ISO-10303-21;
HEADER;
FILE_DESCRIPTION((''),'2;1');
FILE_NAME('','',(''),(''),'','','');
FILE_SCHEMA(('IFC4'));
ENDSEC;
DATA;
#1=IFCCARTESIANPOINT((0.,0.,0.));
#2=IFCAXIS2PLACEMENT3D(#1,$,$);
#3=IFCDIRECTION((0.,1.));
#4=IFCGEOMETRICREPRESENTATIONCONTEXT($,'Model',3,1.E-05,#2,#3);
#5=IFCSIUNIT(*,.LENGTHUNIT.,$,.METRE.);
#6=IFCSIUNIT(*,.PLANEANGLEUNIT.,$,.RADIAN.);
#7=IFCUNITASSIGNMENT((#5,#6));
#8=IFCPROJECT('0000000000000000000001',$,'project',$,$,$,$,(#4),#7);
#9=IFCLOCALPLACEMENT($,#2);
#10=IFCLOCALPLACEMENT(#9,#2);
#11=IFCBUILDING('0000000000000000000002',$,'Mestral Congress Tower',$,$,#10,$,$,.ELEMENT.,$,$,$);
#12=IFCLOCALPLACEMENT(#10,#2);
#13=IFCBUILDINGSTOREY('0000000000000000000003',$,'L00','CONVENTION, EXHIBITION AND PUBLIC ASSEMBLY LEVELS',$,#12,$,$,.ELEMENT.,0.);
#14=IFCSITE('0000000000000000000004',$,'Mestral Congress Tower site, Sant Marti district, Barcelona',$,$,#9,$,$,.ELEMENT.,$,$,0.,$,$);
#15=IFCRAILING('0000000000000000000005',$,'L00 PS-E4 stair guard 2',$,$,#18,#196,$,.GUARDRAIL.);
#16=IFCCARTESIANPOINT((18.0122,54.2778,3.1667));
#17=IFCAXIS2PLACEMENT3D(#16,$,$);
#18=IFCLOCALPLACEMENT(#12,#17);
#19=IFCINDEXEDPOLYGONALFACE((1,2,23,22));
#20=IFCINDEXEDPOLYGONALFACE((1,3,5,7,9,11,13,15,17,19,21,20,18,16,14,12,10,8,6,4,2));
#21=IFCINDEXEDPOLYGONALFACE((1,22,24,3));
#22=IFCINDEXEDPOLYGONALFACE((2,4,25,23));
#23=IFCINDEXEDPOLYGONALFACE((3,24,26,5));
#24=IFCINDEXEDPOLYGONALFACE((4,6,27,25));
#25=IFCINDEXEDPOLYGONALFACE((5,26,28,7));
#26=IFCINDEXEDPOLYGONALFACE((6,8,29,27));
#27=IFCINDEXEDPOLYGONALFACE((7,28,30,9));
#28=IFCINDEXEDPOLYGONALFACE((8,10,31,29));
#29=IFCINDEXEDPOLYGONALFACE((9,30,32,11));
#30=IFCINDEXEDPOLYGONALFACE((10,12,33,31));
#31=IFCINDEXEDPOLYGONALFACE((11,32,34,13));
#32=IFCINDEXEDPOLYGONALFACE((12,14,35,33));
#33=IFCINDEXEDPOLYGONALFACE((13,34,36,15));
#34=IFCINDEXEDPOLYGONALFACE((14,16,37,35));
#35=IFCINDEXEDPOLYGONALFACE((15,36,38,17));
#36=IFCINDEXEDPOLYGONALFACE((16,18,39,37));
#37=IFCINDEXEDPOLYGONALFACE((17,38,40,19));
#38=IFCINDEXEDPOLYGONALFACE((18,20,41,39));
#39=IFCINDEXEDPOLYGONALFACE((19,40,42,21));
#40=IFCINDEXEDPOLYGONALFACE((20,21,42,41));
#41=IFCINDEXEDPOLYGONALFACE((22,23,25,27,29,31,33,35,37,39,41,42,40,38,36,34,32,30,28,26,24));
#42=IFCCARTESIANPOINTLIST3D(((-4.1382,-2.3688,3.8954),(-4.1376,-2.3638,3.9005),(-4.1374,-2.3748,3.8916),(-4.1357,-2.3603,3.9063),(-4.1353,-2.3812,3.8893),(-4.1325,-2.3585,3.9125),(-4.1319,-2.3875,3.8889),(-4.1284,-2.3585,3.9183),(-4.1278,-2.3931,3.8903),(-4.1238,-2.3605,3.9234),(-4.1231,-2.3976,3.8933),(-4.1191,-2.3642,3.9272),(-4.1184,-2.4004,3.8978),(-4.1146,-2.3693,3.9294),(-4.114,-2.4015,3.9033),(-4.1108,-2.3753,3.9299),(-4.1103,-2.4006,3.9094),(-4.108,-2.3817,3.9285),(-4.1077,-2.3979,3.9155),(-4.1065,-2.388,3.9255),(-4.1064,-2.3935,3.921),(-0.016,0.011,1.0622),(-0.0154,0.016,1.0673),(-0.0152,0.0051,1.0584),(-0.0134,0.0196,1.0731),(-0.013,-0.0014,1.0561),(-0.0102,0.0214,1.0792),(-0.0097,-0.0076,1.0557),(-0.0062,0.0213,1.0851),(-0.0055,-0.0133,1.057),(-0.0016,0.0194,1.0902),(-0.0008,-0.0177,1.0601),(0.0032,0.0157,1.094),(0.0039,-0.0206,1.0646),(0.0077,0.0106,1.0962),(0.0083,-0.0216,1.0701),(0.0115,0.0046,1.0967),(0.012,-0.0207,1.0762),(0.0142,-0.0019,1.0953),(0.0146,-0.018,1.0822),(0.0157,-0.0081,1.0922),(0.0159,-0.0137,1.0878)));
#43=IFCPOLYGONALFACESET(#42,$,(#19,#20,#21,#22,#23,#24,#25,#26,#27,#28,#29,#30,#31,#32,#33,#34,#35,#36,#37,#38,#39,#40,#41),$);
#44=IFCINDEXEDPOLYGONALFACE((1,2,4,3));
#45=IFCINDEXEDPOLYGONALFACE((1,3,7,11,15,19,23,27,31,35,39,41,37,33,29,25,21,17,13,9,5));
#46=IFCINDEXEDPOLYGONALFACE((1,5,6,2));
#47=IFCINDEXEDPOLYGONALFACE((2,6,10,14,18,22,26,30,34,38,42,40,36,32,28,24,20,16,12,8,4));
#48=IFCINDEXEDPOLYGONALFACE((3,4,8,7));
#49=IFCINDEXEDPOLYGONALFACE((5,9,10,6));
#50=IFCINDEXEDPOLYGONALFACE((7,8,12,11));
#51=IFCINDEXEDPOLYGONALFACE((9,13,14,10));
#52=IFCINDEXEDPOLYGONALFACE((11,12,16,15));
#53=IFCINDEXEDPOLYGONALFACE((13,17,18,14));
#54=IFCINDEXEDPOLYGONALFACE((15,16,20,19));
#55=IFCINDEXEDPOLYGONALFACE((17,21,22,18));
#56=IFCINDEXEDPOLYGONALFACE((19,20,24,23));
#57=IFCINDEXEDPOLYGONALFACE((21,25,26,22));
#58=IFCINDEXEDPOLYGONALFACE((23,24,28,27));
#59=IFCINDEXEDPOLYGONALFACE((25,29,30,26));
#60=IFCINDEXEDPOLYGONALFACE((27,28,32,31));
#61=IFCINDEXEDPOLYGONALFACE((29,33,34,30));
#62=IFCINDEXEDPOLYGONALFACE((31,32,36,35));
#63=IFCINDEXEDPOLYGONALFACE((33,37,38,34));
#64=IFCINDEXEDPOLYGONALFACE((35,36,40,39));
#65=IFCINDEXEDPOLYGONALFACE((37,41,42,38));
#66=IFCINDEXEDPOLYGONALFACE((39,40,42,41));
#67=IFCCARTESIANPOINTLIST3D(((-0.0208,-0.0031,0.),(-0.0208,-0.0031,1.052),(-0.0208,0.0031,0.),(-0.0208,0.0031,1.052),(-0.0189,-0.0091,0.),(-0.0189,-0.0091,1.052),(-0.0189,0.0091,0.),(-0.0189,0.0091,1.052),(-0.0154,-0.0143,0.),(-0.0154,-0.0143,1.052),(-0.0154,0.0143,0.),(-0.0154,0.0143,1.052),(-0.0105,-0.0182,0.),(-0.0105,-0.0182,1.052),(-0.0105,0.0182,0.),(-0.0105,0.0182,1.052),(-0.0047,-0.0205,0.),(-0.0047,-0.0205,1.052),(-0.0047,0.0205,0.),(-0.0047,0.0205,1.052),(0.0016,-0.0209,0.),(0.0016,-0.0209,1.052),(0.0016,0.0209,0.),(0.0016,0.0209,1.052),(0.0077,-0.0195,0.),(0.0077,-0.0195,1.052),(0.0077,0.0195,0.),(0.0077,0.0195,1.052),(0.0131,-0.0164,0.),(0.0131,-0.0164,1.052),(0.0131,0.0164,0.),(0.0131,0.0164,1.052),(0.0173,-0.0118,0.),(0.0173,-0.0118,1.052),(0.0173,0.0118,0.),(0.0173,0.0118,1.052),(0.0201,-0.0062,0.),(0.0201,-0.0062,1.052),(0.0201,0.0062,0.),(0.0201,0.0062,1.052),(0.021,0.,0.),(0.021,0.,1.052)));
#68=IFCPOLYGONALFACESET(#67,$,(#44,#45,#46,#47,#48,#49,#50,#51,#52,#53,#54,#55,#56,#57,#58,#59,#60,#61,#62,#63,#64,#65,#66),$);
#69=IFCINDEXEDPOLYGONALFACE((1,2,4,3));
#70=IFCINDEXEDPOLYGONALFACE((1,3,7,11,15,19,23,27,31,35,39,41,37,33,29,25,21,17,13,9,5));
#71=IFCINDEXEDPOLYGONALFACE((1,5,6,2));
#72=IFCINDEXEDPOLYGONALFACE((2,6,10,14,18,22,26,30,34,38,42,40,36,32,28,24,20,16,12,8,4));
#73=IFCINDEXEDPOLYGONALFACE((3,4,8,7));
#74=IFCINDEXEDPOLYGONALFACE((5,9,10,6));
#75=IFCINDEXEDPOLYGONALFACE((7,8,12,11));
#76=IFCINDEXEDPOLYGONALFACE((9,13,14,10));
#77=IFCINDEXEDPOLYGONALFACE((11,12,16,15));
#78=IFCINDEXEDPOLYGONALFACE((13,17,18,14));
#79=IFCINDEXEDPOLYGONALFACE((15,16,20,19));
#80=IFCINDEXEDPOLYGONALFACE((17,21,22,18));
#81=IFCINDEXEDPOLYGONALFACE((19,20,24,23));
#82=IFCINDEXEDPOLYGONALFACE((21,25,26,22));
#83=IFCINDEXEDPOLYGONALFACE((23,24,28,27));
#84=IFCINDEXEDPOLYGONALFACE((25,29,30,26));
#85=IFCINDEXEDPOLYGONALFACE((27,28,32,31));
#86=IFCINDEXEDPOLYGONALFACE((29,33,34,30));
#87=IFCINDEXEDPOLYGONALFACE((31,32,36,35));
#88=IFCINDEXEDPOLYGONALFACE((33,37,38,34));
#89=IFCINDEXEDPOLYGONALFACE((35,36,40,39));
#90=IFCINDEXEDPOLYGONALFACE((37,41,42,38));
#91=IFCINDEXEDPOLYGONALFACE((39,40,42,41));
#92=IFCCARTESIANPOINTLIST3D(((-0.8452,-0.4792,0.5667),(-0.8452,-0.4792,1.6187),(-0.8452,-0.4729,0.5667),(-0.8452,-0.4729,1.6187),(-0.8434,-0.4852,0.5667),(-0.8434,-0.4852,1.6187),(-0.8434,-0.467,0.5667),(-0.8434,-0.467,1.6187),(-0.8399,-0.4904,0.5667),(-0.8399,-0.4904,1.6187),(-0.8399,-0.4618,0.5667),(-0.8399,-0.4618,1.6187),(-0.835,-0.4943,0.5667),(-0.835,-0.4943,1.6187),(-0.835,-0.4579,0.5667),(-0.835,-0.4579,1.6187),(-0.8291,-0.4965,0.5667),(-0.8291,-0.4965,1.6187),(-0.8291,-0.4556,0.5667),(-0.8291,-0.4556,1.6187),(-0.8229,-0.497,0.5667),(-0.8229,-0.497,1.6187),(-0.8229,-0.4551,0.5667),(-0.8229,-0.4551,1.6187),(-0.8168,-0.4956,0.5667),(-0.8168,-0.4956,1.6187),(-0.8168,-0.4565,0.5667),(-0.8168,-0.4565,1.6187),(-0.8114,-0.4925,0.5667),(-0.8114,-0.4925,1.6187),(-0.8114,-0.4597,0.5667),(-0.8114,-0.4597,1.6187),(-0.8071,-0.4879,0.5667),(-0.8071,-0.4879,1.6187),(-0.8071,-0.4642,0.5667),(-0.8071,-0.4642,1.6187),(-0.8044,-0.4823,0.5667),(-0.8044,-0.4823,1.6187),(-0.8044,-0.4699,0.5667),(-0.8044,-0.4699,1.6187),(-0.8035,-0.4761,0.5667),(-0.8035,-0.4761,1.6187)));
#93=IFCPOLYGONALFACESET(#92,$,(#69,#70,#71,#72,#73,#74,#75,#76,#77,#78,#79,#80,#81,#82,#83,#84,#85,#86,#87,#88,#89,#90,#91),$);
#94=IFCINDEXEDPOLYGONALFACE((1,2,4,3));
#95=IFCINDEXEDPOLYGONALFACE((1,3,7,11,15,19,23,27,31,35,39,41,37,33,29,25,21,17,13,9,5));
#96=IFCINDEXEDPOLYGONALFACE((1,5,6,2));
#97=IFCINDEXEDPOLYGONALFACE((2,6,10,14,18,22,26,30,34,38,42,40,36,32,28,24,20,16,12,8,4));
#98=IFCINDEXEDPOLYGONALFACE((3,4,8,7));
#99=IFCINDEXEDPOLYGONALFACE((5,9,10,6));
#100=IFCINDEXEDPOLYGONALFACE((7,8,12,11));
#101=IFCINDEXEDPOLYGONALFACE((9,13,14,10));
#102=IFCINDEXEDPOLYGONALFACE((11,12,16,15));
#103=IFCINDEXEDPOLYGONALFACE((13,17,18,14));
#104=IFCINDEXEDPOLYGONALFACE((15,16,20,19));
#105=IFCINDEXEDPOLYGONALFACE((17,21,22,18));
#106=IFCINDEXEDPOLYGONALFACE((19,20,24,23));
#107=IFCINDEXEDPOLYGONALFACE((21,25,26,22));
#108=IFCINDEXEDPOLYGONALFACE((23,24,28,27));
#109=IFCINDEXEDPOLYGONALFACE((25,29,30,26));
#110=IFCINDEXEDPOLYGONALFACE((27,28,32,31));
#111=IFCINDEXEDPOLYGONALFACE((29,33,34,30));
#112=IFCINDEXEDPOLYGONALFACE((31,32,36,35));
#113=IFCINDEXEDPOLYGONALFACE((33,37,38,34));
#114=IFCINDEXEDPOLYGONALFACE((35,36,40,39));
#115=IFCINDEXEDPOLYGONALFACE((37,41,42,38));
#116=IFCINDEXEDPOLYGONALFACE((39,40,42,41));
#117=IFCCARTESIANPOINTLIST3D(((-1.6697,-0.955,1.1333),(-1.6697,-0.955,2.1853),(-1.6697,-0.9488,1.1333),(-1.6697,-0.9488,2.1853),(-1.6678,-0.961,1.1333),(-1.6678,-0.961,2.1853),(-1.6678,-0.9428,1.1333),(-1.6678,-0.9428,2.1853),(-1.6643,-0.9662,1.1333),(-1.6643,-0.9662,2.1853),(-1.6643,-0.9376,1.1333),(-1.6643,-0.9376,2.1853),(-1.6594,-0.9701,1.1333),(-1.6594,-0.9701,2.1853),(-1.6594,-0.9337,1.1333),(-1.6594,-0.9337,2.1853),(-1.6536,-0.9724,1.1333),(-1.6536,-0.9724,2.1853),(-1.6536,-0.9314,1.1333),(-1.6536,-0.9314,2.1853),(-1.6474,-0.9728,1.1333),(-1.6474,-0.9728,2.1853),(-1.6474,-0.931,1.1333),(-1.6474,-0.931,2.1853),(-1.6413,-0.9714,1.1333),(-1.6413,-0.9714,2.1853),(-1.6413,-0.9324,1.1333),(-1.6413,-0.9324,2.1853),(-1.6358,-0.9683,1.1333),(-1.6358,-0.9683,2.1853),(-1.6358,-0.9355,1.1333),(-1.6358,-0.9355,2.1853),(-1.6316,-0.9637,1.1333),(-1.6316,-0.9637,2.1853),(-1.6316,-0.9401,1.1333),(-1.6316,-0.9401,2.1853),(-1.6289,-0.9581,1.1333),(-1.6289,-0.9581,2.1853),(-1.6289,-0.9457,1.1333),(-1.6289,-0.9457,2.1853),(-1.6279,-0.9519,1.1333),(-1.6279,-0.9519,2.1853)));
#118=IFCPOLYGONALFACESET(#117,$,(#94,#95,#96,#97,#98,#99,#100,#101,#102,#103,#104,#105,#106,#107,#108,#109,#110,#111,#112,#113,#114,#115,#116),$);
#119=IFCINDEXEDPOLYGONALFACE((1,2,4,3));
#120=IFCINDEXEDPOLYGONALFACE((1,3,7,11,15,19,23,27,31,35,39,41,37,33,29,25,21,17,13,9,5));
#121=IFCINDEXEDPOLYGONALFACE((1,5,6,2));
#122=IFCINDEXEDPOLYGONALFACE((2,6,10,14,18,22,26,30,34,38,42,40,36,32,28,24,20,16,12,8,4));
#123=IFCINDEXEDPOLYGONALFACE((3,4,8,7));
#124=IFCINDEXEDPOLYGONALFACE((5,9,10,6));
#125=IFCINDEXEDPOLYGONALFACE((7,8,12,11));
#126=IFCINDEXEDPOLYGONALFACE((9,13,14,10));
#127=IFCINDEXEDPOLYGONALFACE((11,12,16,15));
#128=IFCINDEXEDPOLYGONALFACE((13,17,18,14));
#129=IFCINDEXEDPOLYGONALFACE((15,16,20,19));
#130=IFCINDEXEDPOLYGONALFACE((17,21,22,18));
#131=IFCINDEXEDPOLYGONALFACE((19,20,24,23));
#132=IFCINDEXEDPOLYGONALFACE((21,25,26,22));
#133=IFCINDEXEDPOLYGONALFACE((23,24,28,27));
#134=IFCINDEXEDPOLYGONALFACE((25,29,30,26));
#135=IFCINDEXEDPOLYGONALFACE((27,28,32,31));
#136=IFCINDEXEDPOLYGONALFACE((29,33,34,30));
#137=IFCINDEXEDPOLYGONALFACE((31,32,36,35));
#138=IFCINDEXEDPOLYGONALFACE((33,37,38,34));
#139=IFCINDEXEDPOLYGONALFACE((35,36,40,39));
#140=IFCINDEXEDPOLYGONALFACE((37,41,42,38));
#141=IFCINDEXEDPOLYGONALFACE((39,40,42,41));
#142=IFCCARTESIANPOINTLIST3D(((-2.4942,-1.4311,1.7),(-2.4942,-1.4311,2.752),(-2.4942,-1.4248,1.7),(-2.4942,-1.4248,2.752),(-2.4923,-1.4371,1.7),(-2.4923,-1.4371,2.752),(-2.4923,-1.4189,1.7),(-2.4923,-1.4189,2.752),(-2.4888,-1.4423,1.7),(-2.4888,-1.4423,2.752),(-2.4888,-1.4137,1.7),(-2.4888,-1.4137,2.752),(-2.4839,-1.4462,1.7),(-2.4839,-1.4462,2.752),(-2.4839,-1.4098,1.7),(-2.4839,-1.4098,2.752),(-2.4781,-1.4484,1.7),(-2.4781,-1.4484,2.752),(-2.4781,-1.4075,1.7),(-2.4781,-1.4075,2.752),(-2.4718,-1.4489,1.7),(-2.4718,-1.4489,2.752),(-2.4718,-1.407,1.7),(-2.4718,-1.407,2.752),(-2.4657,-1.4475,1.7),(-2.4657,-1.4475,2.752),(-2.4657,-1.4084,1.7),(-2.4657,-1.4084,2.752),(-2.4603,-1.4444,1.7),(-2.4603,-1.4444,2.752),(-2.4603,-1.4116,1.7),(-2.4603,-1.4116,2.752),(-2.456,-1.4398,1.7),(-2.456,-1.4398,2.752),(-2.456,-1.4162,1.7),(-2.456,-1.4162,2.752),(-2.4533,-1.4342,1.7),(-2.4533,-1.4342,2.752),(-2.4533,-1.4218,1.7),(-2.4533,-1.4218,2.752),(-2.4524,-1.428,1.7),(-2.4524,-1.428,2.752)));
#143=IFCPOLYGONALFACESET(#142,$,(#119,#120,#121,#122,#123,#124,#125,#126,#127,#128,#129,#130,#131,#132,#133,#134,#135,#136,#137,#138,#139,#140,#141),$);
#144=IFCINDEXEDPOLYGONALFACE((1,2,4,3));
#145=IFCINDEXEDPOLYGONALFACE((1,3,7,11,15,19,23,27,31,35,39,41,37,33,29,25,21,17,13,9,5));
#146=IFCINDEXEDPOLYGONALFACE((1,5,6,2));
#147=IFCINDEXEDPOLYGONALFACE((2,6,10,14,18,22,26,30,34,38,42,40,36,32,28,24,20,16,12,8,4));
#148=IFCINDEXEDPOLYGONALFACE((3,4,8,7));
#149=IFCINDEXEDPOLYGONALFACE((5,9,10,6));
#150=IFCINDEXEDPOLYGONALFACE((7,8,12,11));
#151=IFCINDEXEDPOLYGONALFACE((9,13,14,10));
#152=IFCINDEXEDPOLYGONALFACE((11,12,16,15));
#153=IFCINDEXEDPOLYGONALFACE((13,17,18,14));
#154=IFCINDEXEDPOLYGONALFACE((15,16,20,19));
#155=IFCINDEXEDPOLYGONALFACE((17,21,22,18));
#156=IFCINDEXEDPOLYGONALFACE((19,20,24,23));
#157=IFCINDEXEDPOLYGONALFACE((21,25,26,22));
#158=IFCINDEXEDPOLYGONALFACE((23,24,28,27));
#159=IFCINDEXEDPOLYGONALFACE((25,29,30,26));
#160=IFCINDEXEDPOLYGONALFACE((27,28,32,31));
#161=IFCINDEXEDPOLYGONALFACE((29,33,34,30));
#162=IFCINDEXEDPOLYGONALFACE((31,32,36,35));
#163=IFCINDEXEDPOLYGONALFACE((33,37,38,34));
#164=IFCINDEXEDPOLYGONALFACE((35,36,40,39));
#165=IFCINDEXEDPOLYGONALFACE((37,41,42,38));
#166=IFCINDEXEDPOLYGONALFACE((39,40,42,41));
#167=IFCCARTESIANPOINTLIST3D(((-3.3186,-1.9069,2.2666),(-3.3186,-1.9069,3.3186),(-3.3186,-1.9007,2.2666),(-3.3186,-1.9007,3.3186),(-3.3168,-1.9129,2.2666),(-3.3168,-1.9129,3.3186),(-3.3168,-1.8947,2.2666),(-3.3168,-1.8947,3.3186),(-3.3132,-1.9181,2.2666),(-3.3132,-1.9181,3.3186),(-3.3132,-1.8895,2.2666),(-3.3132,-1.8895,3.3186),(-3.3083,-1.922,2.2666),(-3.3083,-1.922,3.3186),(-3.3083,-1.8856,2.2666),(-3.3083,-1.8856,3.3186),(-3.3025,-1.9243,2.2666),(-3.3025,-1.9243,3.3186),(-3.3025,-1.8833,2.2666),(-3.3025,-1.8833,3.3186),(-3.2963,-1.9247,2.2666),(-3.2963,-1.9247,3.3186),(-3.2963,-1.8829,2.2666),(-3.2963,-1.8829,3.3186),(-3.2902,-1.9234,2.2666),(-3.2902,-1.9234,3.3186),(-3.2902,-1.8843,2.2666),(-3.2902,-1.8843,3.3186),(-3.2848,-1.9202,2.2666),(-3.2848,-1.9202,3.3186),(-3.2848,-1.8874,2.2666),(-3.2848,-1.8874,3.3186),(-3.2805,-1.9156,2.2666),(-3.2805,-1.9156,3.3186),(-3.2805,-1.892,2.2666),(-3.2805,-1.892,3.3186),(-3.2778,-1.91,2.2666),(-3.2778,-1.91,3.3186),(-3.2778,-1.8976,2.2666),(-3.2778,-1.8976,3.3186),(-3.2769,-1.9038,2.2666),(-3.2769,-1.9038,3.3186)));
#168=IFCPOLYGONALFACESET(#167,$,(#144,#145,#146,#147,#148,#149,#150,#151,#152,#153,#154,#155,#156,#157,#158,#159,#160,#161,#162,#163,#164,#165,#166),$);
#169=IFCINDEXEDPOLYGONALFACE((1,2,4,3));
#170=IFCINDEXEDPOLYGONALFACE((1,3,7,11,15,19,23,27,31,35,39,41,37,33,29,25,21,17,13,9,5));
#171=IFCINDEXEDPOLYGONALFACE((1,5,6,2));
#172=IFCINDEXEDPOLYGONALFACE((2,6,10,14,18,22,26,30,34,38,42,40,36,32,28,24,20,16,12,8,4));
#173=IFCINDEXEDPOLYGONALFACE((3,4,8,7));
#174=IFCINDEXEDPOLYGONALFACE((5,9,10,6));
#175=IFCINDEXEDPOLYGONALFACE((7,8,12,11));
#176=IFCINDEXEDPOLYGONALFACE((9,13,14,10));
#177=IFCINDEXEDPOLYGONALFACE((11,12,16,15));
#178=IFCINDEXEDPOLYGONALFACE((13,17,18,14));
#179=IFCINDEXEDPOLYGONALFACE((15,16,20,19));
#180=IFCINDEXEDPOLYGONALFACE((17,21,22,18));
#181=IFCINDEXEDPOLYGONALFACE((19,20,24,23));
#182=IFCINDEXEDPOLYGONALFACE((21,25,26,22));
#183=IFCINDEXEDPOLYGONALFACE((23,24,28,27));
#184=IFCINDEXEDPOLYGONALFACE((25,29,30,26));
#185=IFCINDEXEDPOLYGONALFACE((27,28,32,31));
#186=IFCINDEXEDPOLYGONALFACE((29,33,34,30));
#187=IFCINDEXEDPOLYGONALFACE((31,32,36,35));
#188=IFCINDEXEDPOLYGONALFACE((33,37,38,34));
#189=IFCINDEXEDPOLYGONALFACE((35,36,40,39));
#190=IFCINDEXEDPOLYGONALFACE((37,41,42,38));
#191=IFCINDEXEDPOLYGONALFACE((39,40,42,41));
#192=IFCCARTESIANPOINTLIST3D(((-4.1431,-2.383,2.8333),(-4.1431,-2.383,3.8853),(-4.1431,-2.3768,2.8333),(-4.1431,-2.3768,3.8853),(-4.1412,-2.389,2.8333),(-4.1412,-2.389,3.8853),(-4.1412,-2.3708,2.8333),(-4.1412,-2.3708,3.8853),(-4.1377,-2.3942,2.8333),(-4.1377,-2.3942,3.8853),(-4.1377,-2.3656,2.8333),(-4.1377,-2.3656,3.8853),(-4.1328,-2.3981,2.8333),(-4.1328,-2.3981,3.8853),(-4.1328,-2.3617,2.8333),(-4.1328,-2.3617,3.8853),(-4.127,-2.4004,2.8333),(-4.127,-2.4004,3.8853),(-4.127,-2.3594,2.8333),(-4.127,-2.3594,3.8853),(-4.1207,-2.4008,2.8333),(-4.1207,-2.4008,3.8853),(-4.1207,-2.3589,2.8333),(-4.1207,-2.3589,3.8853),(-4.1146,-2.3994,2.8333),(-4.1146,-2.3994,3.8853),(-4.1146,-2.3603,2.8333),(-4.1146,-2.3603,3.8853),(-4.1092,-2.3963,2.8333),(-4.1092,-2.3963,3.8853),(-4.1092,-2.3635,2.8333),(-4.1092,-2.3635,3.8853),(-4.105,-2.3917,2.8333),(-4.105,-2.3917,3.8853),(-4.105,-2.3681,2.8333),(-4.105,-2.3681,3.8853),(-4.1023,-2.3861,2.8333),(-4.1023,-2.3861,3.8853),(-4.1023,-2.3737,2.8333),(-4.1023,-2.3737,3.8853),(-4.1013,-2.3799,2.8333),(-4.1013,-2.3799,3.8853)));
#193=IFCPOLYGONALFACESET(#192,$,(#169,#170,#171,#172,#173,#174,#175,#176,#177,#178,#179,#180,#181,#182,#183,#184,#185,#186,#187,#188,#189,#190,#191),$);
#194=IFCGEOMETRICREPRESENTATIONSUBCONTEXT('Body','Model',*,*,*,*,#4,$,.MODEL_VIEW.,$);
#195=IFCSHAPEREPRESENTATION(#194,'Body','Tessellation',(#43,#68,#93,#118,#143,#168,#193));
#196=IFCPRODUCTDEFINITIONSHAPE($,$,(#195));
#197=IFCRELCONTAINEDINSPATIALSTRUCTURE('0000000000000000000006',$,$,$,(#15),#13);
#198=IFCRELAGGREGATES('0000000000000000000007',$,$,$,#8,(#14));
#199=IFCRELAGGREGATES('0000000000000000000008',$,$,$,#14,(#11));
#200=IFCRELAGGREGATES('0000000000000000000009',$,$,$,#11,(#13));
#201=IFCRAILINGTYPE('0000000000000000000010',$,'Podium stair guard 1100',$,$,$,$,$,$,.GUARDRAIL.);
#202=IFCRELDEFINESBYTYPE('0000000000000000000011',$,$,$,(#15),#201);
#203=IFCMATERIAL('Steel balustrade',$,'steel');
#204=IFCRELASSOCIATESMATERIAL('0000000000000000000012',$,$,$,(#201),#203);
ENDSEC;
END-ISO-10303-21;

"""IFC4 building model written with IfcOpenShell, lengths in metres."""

from ifc_helpers import new_model, si_unit, direction, frame, origin, origin_2d, place, context, subcontext, project, spatial, circle, extrude, material, type_object, element, save


model = new_model("IFC4")

# Units and contexts
model_context = context("Model", 3, precision=1e-05, world=origin(), true_north=direction((0.0, 1.0)))
body_context = subcontext(model_context, "Body", "Model", "MODEL_VIEW")
ifc_project = project(units=[si_unit("LENGTHUNIT", "METRE"), si_unit("PLANEANGLEUNIT", "RADIAN")], contexts=[model_context])

# Site, building, storey
site_placement = place(None, origin())
site = spatial("IfcSite", under=ifc_project, at=site_placement, Name="Mestral Congress Tower site, Sant Marti district, Barcelona", CompositionType="ELEMENT", RefElevation=0.0)
building_placement = place(site_placement, origin())
building = spatial("IfcBuilding", under=site, at=building_placement, Name="Mestral Congress Tower", CompositionType="ELEMENT")
storey_placement = place(building_placement, origin())
storey = spatial("IfcBuildingStorey", under=building, at=storey_placement, Name="L00", Description="CONVENTION, EXHIBITION AND PUBLIC ASSEMBLY LEVELS", CompositionType="ELEMENT", Elevation=0.0)

# Railing
ifc_material_1 = material(Name="Steel balustrade", Category="steel")
railing_type_1 = type_object("IfcRailingType", Name="Podium stair guard 1100", PredefinedType="GUARDRAIL", material=ifc_material_1)
railing_1_placement = place(storey_placement, frame((18.0122, 54.2778, 3.1667)))
element("IfcRailing", 1, at=railing_1_placement, inside=storey, type_object=railing_type_1, Name="L00 PS-E4 stair guard 2", PredefinedType="GUARDRAIL", context=body_context, shape_type="SweptSolid", body=[
    extrude(circle(Radius=0.0239, at=origin_2d()), frame((0.0, 0.0, 1.0762), z_axis=(-0.744185, -0.42963, 0.511475), x_axis=(0.499978, -0.866038, 0.0)), (0.0, 0.0, 1.0), 5.5393),
    extrude(circle(Radius=0.021, at=origin_2d()), origin(), (0.0, 0.0, 1.0), 1.052),
    extrude(circle(Radius=0.021, at=origin_2d()), frame((-0.8245, -0.4761, 0.5667)), (0.0, 0.0, 1.0), 1.052),
    extrude(circle(Radius=0.021, at=origin_2d()), frame((-1.6489, -0.9519, 1.1333)), (0.0, 0.0, 1.0), 1.052),
    extrude(circle(Radius=0.021, at=origin_2d()), frame((-2.4734, -1.428, 1.7)), (0.0, 0.0, 1.0), 1.052),
    extrude(circle(Radius=0.021, at=origin_2d()), frame((-3.2979, -1.9038, 2.2666)), (0.0, 0.0, 1.0), 1.052),
    extrude(circle(Radius=0.021, at=origin_2d()), frame((-4.1223, -2.3799, 2.8333)), (0.0, 0.0, 1.0), 1.052),
])

save(model, "model.ifc")
